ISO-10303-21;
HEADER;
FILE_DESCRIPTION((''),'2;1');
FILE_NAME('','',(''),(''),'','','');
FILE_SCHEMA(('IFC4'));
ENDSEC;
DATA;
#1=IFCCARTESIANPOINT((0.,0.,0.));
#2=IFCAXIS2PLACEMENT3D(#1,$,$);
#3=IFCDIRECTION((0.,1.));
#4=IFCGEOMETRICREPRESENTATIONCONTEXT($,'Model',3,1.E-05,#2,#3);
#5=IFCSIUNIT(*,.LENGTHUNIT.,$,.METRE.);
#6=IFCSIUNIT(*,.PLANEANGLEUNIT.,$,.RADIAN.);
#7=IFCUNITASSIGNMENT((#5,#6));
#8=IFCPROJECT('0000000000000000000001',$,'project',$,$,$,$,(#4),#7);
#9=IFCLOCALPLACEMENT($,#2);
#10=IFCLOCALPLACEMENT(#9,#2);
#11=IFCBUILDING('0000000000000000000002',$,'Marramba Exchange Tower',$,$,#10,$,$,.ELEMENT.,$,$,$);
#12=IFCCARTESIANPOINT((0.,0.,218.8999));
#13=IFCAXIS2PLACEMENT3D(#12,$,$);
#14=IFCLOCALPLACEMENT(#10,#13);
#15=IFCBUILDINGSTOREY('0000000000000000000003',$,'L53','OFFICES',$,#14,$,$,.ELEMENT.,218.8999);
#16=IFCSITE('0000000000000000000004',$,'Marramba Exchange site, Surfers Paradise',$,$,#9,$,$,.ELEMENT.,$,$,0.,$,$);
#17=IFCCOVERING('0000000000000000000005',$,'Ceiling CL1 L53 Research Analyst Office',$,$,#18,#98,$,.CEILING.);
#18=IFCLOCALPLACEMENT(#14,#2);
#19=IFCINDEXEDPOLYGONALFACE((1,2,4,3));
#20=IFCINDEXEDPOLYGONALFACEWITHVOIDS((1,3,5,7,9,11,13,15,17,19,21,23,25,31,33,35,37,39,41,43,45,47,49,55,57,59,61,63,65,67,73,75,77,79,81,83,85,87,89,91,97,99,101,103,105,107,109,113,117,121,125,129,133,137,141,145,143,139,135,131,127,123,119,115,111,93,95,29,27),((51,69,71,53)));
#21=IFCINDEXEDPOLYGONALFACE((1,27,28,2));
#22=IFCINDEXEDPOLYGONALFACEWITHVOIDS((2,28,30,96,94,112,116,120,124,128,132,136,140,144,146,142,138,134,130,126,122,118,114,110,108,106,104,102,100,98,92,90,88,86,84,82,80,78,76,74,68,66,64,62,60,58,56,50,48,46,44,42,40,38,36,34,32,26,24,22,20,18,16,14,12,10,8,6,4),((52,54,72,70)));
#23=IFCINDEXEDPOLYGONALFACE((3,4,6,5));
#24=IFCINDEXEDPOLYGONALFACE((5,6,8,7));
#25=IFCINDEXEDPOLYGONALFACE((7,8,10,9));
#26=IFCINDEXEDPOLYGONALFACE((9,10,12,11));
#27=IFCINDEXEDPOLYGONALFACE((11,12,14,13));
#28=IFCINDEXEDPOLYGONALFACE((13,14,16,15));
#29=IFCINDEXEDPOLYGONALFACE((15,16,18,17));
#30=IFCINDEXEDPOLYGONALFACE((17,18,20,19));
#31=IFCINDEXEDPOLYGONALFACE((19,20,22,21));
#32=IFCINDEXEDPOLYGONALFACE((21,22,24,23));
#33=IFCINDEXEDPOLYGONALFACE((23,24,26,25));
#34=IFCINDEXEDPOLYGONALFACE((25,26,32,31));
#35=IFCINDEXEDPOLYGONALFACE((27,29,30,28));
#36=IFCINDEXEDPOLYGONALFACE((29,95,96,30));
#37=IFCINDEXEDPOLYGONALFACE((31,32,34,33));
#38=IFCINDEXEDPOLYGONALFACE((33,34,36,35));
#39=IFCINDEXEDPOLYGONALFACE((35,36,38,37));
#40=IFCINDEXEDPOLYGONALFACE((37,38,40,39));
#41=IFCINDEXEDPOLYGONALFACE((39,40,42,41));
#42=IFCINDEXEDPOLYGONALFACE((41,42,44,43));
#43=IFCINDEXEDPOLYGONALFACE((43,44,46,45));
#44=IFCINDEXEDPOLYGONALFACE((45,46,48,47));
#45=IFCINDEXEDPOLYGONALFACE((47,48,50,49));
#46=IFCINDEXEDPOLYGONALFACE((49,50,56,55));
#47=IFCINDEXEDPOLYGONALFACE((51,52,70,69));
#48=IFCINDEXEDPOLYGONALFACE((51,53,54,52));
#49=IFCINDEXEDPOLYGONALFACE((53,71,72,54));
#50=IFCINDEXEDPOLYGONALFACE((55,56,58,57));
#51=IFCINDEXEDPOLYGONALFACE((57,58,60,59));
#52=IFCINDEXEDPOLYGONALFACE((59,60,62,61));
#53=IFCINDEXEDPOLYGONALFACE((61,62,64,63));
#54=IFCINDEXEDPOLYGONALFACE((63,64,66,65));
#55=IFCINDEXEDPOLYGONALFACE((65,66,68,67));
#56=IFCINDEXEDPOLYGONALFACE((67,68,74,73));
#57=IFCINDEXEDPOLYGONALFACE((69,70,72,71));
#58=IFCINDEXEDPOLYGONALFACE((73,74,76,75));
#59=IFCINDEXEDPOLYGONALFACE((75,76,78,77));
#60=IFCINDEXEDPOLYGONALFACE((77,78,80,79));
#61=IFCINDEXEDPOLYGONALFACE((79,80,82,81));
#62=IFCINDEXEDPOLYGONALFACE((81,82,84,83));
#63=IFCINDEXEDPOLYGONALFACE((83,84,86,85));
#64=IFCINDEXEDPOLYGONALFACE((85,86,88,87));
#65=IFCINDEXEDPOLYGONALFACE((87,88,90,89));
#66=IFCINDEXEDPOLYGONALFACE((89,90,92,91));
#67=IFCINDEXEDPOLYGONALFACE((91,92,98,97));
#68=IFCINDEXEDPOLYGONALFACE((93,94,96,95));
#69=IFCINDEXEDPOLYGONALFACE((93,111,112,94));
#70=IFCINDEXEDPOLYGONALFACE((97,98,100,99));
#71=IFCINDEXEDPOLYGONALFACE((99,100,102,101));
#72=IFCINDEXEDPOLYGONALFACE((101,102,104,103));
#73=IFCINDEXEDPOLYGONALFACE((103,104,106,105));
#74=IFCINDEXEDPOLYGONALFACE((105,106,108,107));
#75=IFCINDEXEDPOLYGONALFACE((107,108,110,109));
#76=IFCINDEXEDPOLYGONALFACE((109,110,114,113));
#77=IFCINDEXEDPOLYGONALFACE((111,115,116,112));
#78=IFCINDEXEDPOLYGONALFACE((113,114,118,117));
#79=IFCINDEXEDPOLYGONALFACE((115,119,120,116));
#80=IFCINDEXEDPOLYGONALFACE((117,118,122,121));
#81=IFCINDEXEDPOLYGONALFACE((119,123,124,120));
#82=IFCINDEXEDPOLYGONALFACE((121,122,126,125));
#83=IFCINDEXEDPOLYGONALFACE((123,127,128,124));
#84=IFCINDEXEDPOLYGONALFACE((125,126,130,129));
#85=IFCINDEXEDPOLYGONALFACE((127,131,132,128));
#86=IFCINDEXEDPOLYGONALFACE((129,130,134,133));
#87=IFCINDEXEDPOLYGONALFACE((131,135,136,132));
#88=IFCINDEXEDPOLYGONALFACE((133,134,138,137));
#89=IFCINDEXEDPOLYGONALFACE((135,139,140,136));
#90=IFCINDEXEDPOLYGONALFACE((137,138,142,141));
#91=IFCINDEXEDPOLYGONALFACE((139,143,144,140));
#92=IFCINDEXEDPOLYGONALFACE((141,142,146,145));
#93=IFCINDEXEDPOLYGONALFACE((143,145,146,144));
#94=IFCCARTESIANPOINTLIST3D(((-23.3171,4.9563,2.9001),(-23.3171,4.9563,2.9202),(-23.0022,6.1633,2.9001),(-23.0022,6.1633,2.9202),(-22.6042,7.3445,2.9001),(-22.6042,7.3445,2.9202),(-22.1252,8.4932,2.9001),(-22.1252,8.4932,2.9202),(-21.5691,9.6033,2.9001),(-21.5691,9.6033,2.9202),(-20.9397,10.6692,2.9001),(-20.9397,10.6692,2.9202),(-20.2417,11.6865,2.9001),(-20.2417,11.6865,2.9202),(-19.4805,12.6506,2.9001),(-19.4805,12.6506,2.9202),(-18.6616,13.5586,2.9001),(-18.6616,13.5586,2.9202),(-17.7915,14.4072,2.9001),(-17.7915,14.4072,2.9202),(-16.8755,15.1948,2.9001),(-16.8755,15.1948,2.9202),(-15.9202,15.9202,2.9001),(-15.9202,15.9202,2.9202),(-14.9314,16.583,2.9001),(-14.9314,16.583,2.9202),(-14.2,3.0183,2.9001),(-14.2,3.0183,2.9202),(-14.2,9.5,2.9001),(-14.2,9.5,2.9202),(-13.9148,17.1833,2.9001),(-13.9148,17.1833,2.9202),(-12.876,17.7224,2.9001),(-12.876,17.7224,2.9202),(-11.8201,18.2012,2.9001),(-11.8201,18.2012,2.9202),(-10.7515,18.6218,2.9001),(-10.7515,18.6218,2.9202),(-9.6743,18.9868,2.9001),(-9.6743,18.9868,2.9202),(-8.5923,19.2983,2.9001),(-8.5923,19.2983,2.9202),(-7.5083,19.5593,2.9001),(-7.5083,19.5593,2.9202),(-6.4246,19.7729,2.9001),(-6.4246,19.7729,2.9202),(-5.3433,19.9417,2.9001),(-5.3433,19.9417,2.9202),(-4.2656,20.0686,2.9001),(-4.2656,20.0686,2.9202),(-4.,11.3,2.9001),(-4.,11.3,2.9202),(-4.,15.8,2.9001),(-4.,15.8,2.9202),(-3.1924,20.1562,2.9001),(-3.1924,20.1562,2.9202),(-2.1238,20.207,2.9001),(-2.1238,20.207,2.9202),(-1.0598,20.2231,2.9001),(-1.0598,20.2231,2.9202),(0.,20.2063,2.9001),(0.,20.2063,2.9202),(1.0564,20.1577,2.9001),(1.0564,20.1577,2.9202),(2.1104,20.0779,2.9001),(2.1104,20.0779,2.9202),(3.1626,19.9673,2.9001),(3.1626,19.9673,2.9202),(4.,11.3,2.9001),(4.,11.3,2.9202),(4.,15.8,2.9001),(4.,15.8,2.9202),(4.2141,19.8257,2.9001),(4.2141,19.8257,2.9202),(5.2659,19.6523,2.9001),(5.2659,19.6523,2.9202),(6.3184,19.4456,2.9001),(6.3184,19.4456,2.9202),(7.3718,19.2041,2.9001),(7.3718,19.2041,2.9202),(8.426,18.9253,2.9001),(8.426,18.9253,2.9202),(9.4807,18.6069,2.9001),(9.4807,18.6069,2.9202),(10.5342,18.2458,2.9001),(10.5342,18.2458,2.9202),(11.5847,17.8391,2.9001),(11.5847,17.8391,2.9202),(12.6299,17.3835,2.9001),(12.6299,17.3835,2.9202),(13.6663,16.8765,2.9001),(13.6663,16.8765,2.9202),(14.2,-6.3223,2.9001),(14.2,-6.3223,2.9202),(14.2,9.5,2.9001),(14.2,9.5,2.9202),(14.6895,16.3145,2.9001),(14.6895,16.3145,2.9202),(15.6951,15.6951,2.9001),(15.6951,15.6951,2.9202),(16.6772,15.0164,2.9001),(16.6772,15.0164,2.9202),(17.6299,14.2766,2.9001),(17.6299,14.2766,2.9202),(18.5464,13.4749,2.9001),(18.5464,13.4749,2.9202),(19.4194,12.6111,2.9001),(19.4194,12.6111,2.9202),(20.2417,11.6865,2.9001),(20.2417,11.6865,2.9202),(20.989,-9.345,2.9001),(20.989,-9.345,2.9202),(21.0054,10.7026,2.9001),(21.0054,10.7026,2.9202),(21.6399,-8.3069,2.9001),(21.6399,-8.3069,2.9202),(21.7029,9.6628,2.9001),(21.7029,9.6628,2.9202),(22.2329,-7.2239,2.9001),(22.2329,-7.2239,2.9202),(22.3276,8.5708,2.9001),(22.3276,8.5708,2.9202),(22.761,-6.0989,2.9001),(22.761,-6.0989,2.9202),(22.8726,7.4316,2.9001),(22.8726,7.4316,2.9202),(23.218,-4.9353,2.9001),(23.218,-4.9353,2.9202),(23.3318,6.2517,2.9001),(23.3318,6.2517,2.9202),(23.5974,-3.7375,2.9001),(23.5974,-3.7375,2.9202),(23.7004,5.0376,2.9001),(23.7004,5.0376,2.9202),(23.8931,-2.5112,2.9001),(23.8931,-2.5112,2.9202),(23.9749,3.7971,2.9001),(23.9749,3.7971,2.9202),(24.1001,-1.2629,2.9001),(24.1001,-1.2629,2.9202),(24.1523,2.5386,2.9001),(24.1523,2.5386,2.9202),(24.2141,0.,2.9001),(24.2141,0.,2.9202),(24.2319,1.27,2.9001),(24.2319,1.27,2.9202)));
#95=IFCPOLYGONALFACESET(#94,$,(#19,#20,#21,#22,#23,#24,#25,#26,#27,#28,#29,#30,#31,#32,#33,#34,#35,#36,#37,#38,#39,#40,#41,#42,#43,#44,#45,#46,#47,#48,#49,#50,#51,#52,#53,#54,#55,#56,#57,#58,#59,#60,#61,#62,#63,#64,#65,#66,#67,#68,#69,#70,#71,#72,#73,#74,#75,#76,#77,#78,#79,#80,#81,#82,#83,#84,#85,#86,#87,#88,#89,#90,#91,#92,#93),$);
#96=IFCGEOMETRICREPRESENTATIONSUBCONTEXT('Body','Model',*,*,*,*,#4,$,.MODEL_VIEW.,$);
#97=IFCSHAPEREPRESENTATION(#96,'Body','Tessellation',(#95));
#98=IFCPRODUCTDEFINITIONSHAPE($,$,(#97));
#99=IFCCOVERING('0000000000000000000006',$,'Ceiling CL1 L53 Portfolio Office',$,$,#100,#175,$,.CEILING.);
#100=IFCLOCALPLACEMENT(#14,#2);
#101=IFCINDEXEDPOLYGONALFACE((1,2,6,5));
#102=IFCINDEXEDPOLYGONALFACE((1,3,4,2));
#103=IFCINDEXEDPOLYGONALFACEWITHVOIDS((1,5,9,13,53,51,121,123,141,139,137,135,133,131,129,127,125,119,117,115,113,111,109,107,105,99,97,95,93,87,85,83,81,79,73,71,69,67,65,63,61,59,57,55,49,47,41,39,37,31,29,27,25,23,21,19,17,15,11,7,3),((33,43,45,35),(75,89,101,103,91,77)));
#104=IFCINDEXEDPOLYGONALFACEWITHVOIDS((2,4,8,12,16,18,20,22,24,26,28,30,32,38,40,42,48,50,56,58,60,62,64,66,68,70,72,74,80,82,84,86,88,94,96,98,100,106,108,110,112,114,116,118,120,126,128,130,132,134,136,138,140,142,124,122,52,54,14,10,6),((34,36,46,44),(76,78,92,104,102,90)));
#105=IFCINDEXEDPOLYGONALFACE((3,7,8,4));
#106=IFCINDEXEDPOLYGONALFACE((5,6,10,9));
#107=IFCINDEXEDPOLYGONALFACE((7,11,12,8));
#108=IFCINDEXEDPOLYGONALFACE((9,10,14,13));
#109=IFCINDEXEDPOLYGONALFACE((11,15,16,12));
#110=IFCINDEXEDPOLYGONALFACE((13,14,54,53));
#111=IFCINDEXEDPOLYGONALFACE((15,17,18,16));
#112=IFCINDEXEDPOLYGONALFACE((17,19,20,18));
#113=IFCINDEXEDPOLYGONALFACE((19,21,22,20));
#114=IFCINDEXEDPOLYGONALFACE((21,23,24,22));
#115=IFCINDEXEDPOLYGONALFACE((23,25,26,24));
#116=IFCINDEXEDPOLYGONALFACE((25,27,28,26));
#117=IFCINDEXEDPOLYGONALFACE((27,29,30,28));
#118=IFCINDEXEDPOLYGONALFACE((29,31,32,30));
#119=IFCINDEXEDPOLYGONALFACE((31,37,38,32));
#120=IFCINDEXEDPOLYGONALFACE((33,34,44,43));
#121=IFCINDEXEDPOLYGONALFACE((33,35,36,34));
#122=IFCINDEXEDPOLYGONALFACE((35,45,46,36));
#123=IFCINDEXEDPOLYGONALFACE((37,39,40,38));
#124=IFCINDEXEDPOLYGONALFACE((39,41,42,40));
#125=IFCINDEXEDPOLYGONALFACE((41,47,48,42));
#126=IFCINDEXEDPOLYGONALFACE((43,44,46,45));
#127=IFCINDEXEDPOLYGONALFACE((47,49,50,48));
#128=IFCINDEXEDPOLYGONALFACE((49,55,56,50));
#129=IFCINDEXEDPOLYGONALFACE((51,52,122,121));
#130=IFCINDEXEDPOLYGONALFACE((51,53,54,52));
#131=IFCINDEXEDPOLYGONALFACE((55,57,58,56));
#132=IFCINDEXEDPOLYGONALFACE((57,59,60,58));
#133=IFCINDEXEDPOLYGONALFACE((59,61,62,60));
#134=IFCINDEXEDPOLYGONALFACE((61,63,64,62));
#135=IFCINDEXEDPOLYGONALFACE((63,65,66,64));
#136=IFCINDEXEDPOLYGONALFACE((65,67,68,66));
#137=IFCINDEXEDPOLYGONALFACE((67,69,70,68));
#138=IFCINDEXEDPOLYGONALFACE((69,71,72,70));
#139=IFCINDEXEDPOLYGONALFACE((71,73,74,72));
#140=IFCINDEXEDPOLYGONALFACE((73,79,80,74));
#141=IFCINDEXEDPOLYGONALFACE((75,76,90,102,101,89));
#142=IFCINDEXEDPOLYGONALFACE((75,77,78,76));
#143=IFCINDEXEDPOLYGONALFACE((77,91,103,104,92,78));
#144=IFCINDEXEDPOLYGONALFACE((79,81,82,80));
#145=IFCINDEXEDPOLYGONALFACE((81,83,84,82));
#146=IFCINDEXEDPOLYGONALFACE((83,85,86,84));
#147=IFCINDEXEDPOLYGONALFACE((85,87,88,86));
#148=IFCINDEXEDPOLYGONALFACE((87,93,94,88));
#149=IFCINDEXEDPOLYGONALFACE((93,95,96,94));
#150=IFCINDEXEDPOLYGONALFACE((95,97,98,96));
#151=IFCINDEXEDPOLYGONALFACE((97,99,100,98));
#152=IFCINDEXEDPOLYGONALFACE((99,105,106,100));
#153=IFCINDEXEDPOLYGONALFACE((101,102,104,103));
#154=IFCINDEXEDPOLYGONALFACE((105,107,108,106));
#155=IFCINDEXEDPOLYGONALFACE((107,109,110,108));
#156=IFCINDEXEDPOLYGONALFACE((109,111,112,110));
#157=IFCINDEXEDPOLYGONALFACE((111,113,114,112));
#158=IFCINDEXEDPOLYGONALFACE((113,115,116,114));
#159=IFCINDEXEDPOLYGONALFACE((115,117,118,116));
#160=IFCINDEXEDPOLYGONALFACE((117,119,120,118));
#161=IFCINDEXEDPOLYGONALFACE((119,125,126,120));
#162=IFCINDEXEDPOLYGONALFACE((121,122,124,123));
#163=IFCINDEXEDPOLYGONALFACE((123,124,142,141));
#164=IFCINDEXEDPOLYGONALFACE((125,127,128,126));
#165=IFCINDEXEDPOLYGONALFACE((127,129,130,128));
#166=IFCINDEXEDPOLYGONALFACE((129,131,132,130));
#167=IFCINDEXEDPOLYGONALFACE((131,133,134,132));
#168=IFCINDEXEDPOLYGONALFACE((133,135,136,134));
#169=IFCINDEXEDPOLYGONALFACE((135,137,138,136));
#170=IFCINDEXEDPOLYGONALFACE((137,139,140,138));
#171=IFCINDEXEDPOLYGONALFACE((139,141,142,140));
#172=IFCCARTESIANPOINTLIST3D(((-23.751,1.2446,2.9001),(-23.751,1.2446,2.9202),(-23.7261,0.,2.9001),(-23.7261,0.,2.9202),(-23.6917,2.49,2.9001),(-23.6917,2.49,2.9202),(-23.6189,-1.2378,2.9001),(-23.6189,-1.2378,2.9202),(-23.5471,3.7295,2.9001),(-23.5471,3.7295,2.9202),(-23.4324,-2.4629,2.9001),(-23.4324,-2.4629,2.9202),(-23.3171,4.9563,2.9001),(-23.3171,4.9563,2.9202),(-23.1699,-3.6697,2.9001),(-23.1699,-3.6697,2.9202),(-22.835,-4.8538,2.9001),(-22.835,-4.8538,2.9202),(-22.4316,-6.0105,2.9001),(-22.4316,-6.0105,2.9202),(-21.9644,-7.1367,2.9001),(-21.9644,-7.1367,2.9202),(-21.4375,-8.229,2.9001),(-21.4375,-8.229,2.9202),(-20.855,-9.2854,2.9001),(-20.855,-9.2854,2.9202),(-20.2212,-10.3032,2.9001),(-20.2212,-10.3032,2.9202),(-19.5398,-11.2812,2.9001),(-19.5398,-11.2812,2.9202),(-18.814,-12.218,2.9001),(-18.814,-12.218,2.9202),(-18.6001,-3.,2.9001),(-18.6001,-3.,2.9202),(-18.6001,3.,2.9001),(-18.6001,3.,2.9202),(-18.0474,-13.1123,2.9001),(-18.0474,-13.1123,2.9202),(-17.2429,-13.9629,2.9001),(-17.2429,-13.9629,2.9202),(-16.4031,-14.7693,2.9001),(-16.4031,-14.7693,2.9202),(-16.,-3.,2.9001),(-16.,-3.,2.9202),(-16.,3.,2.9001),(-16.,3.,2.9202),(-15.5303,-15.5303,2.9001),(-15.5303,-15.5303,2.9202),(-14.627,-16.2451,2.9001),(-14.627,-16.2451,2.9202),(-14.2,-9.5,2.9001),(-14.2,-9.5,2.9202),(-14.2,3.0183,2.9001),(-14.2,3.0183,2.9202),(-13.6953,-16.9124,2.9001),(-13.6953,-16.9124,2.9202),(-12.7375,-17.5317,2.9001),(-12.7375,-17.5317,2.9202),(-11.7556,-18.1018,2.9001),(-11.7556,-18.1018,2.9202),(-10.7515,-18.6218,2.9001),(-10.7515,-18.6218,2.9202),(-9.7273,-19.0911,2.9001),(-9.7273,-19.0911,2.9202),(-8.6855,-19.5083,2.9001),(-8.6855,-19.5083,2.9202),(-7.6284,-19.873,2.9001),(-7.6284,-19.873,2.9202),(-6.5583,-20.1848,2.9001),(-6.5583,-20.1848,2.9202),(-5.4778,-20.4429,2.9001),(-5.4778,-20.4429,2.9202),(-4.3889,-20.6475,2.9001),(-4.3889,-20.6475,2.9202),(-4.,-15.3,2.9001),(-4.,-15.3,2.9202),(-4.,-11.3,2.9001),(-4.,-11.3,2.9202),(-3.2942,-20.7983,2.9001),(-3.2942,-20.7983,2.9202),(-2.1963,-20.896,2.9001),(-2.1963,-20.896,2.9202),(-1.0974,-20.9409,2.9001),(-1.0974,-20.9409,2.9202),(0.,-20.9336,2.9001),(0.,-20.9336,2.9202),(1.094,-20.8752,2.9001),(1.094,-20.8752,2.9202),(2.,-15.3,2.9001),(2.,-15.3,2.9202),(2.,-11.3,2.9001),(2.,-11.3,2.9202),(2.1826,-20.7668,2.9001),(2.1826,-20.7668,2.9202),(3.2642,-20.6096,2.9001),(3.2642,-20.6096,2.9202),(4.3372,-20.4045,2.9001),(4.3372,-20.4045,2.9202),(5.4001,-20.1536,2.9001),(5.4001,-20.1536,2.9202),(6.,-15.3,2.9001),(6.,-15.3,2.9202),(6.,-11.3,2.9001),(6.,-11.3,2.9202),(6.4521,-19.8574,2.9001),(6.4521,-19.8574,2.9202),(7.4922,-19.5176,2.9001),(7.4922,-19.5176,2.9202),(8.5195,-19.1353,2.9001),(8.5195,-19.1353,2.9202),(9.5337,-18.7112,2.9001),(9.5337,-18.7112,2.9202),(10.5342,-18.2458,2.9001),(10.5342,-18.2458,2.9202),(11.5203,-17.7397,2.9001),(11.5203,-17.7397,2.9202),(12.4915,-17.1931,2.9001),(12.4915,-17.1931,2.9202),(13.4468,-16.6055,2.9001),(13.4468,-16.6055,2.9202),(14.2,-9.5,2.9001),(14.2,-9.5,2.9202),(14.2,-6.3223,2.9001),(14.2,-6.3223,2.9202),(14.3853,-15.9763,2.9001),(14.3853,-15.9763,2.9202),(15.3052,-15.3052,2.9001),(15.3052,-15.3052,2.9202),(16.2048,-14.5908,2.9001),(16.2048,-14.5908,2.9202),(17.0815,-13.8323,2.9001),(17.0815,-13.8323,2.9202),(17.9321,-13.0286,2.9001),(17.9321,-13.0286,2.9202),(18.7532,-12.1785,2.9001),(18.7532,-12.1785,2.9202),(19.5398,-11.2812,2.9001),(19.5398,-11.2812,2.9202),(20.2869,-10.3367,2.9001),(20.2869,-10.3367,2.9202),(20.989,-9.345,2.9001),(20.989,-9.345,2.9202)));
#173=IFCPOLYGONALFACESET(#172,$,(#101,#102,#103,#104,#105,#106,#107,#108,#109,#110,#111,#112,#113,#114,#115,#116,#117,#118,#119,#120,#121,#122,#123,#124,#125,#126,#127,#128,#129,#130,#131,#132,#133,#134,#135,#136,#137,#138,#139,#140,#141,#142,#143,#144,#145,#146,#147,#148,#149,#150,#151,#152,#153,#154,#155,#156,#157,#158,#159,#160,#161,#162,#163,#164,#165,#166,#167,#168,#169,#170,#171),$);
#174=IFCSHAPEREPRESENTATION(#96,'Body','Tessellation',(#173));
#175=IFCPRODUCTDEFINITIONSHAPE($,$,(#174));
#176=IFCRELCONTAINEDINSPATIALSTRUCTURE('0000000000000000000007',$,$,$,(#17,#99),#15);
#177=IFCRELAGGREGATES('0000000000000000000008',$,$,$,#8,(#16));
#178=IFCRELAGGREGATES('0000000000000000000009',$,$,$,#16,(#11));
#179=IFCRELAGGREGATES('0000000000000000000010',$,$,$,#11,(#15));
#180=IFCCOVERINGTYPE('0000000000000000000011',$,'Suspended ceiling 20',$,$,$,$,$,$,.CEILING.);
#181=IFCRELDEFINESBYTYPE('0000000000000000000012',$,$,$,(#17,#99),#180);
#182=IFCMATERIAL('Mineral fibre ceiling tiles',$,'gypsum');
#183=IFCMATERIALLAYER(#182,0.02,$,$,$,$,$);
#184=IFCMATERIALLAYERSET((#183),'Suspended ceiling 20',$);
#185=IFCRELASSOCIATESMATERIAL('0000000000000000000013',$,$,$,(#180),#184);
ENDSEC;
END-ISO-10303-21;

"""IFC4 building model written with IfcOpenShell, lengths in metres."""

from ifc_helpers import new_model, si_unit, direction, frame, origin, place, context, subcontext, project, spatial, polyline, outline, extrude, material, layer, layer_set, type_object, element, save


model = new_model("IFC4")

# Units and contexts
model_context = context("Model", 3, precision=1e-05, world=origin(), true_north=direction((0.0, 1.0)))
body_context = subcontext(model_context, "Body", "Model", "MODEL_VIEW")
ifc_project = project(units=[si_unit("LENGTHUNIT", "METRE"), si_unit("PLANEANGLEUNIT", "RADIAN")], contexts=[model_context])

# Site, building, storey
site_placement = place(None, origin())
site = spatial("IfcSite", under=ifc_project, at=site_placement, Name="Marramba Exchange site, Surfers Paradise", CompositionType="ELEMENT", RefElevation=0.0)
building_placement = place(site_placement, origin())
building = spatial("IfcBuilding", under=site, at=building_placement, Name="Marramba Exchange Tower", CompositionType="ELEMENT")
storey_placement = place(building_placement, frame((0.0, 0.0, 218.8999)))
storey = spatial("IfcBuildingStorey", under=building, at=storey_placement, Name="L53", Description="OFFICES", CompositionType="ELEMENT", Elevation=218.8999)

# Coverings
ifc_material_1 = material(Name="Mineral fibre ceiling tiles", Category="gypsum")
ifc_layer_1 = layer(ifc_material_1, 0.02)
ifc_layer_set_1 = layer_set([ifc_layer_1], Name="Suspended ceiling 20")
covering_type = type_object("IfcCoveringType", Name="Suspended ceiling 20", PredefinedType="CEILING", material=ifc_layer_set_1)
covering_1_placement = place(storey_placement, frame((0.0, 0.0, 2.9001)))
element("IfcCovering", 1, at=covering_1_placement, inside=storey, type_object=covering_type, Name="Ceiling CL1 L53 Research Analyst Office", PredefinedType="CEILING", context=body_context, shape_type="SweptSolid", body=[
    extrude(outline(polyline([(-14.2, 9.5), (-14.2, 3.0183), (-23.3171, 4.9563), (-23.0022, 6.1633), (-22.6042, 7.3445), (-22.1252, 8.4932), (-21.5691, 9.6033), (-20.9397, 10.6692), (-20.2417, 11.6865), (-19.4805, 12.6506), (-18.6616, 13.5586), (-17.7915, 14.4072), (-16.8755, 15.1948), (-15.9202, 15.9202), (-14.9314, 16.583), (-13.9148, 17.1833), (-12.876, 17.7224), (-11.8201, 18.2012), (-10.7515, 18.6218), (-9.6743, 18.9868), (-8.5923, 19.2983), (-7.5083, 19.5593), (-6.4246, 19.7729), (-5.3433, 19.9417), (-4.2656, 20.0686), (-3.1924, 20.1562), (-2.1238, 20.207), (-1.0598, 20.2231), (0.0, 20.2063), (1.0564, 20.1577), (2.1104, 20.0779), (3.1626, 19.9673), (4.2141, 19.8257), (5.2659, 19.6523), (6.3184, 19.4456), (7.3718, 19.2041), (8.426, 18.9253), (9.4807, 18.6069), (10.5342, 18.2458), (11.5847, 17.8391), (12.6299, 17.3835), (13.6663, 16.8765), (14.6895, 16.3145), (15.6951, 15.6951), (16.6772, 15.0164), (17.6299, 14.2766), (18.5464, 13.4749), (19.4194, 12.6111), (20.2417, 11.6865), (21.0054, 10.7026), (21.7029, 9.6628), (22.3276, 8.5708), (22.8726, 7.4316), (23.3318, 6.2517), (23.7004, 5.0376), (23.9749, 3.7971), (24.1523, 2.5386), (24.2319, 1.27), (24.2141, 0.0), (24.1001, -1.2629), (23.8931, -2.5112), (23.5974, -3.7375), (23.218, -4.9353), (22.761, -6.0989), (22.2329, -7.2239), (21.6399, -8.3069), (20.989, -9.345), (14.2, -6.3223), (14.2, 9.5), (-14.2, 9.5)]), holes=[polyline([(4.0, 15.8), (-4.0, 15.8), (-4.0, 11.3), (4.0, 11.3), (4.0, 15.8)])]), origin(), (0.0, 0.0, 1.0), 0.02),
])
covering_2_placement = place(storey_placement, frame((0.0, 0.0, 2.9001)))
element("IfcCovering", 2, at=covering_2_placement, inside=storey, type_object=covering_type, Name="Ceiling CL1 L53 Portfolio Office", PredefinedType="CEILING", context=body_context, shape_type="SweptSolid", body=[
    extrude(outline(polyline([(19.5398, -11.2812), (18.7532, -12.1785), (17.9321, -13.0286), (17.0815, -13.8323), (16.2048, -14.5908), (15.3052, -15.3052), (14.3853, -15.9763), (13.4468, -16.6055), (12.4915, -17.1931), (11.5203, -17.7397), (10.5342, -18.2458), (9.5337, -18.7112), (8.5195, -19.1353), (7.4922, -19.5176), (6.4521, -19.8574), (5.4001, -20.1536), (4.3372, -20.4045), (3.2642, -20.6096), (2.1826, -20.7668), (1.094, -20.8752), (0.0, -20.9336), (-1.0974, -20.9409), (-2.1963, -20.896), (-3.2942, -20.7983), (-4.3889, -20.6475), (-5.4778, -20.4429), (-6.5583, -20.1848), (-7.6284, -19.873), (-8.6855, -19.5083), (-9.7273, -19.0911), (-10.7515, -18.6218), (-11.7556, -18.1018), (-12.7375, -17.5317), (-13.6953, -16.9124), (-14.627, -16.2451), (-15.5303, -15.5303), (-16.4031, -14.7693), (-17.2429, -13.9629), (-18.0474, -13.1123), (-18.814, -12.218), (-19.5398, -11.2812), (-20.2212, -10.3032), (-20.855, -9.2854), (-21.4375, -8.229), (-21.9644, -7.1367), (-22.4316, -6.0105), (-22.835, -4.8538), (-23.1699, -3.6697), (-23.4324, -2.4629), (-23.6189, -1.2378), (-23.7261, 0.0), (-23.751, 1.2446), (-23.6917, 2.49), (-23.5471, 3.7295), (-23.3171, 4.9563), (-14.2, 3.0183), (-14.2, -9.5), (14.2, -9.5), (14.2, -6.3223), (20.989, -9.345), (20.2869, -10.3367), (19.5398, -11.2812)]), holes=[polyline([(2.0, -15.3), (6.0, -15.3), (6.0, -11.3), (2.0, -11.3), (-4.0, -11.3), (-4.0, -15.3), (2.0, -15.3)]), polyline([(-18.6001, -3.0), (-16.0, -3.0), (-16.0, 3.0), (-18.6001, 3.0), (-18.6001, -3.0)])]), origin(), (0.0, 0.0, 1.0), 0.02),
])

save(model, "model.ifc")
